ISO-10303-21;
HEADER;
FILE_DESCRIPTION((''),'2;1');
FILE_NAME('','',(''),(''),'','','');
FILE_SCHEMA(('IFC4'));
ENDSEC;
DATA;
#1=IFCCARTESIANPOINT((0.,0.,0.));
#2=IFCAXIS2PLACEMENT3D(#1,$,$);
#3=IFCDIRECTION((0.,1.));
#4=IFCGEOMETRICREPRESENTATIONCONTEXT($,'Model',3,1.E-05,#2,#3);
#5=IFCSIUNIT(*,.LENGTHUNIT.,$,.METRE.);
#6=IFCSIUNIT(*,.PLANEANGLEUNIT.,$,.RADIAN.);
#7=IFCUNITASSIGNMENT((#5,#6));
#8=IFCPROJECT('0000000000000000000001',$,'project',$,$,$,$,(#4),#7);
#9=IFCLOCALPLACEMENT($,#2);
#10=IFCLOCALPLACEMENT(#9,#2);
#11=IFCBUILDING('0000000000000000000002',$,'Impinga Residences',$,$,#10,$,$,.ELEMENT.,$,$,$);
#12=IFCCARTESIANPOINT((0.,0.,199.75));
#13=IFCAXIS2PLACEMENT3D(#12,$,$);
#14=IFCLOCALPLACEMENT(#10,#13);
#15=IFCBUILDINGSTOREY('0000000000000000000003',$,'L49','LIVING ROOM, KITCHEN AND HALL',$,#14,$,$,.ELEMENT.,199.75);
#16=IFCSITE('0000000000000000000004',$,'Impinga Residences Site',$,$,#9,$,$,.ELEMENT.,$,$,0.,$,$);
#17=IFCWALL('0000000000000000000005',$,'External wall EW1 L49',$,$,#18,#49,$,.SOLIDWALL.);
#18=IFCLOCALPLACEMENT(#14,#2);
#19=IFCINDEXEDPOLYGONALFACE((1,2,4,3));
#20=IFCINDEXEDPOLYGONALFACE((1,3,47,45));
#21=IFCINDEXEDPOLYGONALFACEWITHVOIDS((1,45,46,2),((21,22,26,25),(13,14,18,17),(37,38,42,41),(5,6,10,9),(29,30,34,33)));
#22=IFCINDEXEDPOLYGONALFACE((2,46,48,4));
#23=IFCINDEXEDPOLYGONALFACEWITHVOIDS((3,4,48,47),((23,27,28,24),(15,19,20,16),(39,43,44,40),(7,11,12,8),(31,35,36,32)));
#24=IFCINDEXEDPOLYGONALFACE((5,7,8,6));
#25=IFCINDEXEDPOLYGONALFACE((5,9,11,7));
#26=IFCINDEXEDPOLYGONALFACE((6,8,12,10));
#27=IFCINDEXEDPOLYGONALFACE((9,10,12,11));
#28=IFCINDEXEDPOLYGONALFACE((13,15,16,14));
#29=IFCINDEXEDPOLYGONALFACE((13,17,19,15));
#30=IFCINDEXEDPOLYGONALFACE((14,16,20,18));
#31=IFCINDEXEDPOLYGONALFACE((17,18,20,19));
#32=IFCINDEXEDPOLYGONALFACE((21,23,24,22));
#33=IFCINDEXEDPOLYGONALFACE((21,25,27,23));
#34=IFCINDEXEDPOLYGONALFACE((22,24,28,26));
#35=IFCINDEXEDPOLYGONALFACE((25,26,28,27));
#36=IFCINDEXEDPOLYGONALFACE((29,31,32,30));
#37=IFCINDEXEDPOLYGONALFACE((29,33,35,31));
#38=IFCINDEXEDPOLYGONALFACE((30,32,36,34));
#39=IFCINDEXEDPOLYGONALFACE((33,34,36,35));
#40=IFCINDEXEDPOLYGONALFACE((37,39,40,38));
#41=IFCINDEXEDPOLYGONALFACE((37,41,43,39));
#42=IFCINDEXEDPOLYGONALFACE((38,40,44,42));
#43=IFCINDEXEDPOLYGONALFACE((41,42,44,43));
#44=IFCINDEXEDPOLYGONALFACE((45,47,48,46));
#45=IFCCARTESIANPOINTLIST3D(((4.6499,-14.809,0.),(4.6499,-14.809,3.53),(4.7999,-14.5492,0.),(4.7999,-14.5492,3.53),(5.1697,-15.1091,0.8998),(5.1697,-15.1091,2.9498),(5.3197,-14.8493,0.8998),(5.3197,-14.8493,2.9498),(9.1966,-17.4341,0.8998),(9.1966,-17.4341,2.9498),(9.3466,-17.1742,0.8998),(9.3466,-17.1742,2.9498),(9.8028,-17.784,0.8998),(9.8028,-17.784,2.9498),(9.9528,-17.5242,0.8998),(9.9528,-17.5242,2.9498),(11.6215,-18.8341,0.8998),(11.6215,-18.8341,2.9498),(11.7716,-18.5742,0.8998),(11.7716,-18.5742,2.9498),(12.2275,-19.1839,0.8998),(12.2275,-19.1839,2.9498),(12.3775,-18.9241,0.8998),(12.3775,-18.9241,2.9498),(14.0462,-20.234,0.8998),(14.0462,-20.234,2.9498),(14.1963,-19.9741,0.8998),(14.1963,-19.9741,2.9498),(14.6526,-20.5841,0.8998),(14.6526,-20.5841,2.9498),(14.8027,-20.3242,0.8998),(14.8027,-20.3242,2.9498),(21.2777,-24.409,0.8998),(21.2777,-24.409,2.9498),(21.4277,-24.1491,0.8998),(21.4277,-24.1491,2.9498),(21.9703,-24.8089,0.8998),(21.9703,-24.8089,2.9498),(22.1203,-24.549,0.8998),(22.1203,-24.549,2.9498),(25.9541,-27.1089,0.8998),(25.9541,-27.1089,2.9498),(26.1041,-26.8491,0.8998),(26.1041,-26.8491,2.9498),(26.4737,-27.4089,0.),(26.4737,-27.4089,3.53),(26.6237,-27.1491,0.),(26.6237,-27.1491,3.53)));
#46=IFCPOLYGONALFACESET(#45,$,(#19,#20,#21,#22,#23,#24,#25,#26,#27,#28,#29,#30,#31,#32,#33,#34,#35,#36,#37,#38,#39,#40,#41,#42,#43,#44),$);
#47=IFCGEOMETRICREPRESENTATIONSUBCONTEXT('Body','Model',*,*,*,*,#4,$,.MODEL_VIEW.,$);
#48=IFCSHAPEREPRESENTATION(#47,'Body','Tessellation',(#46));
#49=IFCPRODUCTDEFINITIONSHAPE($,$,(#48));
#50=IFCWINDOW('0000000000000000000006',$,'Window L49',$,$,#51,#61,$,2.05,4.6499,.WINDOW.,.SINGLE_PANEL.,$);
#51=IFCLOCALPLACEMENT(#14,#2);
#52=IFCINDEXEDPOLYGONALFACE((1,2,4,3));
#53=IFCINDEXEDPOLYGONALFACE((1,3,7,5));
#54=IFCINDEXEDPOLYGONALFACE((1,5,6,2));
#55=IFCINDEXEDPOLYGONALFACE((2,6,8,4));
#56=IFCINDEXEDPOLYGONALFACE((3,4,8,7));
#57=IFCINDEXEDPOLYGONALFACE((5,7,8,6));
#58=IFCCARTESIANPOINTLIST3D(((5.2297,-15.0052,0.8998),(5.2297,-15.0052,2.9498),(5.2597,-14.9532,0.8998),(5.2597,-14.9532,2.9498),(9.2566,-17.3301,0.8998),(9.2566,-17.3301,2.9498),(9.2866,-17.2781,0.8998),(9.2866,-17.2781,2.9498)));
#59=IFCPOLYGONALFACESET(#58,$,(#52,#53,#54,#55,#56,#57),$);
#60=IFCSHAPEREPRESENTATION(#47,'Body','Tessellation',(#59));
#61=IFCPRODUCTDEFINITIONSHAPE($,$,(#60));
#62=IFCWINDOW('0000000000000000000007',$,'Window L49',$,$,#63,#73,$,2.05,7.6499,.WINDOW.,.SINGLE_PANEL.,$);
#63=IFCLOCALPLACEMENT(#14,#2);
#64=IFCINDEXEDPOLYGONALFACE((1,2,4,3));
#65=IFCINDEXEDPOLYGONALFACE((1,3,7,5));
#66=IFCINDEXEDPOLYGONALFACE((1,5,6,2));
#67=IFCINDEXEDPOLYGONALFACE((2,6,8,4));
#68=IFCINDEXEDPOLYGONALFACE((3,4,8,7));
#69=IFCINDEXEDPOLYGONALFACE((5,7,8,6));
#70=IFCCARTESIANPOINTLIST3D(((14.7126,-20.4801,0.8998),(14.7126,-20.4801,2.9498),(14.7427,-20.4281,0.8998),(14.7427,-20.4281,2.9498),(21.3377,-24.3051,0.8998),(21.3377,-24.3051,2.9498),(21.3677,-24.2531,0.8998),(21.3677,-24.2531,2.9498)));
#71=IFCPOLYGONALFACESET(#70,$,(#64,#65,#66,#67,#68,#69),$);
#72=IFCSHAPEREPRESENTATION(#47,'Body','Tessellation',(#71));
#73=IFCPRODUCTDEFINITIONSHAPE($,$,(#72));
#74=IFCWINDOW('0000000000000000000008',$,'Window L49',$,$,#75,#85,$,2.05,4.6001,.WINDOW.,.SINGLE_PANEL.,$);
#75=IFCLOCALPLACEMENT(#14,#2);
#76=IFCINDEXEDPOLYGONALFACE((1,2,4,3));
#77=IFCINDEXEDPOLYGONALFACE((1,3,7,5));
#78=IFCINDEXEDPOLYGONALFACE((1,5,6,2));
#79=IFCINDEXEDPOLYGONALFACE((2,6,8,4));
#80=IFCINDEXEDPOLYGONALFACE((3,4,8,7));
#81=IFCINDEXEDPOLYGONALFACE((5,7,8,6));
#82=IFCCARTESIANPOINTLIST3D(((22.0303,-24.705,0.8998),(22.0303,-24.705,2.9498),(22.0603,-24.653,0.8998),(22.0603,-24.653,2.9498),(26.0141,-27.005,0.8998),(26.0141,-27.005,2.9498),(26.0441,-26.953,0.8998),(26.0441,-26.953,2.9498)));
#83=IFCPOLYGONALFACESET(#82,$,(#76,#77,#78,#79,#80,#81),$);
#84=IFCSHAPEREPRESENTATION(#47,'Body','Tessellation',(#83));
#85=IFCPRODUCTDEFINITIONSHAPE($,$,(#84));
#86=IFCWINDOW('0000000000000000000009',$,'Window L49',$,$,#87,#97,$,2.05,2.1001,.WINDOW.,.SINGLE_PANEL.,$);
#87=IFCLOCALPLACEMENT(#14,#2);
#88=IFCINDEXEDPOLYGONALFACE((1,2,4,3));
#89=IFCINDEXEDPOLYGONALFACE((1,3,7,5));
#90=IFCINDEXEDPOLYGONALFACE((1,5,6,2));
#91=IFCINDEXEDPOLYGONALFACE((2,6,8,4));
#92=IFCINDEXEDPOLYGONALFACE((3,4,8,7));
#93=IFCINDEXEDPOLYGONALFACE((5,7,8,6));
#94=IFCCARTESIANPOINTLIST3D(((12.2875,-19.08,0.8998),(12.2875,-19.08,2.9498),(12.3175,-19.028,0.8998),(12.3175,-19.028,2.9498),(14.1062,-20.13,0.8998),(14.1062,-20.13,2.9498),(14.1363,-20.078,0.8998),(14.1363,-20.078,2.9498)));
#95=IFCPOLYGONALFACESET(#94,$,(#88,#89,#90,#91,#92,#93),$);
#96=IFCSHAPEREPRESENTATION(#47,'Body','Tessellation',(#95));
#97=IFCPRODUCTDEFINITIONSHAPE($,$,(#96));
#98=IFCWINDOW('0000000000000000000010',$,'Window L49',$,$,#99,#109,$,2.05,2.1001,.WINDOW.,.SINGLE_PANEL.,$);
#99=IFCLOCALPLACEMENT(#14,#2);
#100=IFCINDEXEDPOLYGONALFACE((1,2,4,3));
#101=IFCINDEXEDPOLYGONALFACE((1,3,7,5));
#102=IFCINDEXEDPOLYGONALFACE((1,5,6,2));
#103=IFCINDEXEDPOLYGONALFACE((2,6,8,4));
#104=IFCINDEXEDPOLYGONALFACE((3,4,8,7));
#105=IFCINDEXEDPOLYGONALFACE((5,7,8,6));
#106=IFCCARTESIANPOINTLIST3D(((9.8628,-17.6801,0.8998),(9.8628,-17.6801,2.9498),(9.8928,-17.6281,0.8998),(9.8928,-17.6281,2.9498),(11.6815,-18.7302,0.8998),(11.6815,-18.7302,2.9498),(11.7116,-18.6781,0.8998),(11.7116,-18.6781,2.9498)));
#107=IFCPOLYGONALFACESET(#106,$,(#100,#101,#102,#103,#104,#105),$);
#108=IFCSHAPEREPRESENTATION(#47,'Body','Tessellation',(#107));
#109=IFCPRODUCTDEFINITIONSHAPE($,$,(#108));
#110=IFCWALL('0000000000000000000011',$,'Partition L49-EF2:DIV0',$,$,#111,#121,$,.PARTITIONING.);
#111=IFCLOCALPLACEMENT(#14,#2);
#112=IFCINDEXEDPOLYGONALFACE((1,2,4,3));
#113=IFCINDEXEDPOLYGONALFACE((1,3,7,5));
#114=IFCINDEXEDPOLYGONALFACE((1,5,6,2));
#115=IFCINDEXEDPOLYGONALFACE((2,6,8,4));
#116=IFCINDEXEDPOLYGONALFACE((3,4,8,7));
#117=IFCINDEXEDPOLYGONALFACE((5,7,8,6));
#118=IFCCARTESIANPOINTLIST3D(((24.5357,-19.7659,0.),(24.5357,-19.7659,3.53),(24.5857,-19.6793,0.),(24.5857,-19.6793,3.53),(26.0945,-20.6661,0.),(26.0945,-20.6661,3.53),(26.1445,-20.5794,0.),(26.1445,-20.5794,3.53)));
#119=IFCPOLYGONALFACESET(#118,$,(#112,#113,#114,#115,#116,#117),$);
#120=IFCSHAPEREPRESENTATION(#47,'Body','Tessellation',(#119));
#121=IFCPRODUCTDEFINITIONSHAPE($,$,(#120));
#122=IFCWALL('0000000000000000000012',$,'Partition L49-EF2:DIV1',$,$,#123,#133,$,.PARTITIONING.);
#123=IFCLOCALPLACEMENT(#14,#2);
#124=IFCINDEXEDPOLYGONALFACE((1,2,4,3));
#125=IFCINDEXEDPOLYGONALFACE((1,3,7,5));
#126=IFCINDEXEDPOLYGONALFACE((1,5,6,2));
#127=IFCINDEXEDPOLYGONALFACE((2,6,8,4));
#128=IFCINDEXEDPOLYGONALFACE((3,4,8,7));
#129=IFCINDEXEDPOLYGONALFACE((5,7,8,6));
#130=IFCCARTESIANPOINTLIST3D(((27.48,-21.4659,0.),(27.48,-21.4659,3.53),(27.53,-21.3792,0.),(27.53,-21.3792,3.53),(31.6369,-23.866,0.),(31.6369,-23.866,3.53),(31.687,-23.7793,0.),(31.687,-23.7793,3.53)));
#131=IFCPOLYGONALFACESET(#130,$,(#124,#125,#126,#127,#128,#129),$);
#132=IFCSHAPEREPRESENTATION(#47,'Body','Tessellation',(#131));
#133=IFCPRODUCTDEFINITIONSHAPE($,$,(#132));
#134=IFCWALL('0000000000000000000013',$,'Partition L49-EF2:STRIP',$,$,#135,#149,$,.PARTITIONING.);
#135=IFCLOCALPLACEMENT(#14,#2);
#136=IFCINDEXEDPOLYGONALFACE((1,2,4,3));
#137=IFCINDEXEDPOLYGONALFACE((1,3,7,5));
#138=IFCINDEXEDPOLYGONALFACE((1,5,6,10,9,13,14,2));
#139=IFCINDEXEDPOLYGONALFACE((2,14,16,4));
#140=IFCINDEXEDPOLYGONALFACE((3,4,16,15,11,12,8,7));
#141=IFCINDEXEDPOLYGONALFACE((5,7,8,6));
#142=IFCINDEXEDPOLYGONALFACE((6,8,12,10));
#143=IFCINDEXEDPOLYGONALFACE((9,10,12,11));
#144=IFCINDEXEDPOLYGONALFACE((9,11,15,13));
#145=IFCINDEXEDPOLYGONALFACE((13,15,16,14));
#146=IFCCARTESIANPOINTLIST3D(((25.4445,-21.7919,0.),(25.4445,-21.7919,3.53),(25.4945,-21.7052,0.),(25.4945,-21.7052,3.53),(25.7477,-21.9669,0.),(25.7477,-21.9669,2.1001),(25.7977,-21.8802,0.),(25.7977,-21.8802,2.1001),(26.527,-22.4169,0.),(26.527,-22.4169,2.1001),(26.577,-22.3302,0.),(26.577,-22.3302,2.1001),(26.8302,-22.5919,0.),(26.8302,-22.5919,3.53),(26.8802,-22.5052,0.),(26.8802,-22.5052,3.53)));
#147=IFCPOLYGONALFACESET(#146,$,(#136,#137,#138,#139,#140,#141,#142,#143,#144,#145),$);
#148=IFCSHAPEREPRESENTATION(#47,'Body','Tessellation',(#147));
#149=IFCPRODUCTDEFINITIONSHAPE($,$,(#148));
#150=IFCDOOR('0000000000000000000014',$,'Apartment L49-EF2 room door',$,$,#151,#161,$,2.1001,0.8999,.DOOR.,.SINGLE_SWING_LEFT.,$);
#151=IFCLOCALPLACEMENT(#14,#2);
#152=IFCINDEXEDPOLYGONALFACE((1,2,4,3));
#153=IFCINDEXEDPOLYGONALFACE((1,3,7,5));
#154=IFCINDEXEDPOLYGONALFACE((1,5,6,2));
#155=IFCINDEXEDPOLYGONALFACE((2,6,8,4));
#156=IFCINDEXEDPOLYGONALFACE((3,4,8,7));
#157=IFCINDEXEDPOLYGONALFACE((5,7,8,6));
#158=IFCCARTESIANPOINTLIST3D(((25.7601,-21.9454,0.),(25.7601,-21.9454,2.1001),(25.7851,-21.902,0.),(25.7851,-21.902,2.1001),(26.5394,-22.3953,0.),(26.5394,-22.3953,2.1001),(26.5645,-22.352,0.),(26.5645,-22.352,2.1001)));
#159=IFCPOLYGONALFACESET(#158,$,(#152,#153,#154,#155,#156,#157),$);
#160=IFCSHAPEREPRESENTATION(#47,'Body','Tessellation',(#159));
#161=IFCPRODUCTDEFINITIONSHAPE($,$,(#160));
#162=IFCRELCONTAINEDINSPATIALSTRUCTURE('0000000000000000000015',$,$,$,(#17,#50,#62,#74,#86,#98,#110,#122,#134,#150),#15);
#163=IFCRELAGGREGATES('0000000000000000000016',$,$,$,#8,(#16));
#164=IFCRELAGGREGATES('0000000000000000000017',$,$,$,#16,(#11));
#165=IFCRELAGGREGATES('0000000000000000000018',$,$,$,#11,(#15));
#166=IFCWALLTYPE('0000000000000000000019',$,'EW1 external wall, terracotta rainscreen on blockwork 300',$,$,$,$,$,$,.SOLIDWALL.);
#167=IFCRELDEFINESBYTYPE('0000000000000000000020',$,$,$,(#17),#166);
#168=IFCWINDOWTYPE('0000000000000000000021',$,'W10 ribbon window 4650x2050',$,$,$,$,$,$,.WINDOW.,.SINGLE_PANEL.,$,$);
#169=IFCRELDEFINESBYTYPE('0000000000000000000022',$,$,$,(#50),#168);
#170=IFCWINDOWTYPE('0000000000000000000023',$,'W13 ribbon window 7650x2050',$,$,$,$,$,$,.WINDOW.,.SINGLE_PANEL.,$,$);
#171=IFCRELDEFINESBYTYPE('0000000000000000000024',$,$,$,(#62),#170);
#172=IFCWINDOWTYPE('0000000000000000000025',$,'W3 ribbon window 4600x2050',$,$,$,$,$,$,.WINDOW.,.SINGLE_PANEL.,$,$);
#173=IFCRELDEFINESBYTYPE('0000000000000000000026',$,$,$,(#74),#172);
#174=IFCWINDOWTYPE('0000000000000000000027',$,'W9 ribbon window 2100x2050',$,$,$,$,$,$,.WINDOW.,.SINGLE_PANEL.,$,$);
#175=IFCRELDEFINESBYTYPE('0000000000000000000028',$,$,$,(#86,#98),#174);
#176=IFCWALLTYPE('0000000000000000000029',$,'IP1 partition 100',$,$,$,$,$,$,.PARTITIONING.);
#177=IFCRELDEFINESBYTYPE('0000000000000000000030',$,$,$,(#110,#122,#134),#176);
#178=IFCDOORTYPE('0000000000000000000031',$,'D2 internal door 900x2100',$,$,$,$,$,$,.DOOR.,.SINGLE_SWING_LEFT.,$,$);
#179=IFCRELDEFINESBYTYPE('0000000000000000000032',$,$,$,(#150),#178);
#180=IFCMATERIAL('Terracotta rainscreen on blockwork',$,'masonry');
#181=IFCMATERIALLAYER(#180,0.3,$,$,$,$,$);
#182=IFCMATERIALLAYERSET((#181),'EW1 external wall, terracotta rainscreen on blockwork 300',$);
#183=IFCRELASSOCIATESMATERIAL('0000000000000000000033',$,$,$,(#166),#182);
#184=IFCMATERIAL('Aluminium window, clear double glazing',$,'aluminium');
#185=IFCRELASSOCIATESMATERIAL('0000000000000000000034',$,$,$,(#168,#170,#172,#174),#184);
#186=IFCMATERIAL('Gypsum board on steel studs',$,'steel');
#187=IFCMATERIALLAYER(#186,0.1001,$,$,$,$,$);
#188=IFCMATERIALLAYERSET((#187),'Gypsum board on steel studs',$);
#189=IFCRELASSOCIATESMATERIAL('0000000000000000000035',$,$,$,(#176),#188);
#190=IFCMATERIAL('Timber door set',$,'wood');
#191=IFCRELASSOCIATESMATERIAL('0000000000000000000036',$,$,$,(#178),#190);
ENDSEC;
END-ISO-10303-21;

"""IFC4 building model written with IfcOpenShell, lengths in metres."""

from ifc_helpers import new_model, si_unit, direction, frame, frame_2d, origin, place, context, subcontext, project, spatial, rectangle, extrude, material, layer, layer_set, type_object, element, fill, save


model = new_model("IFC4")

# Units and contexts
model_context = context("Model", 3, precision=1e-05, world=origin(), true_north=direction((0.0, 1.0)))
body_context = subcontext(model_context, "Body", "Model", "MODEL_VIEW")
ifc_project = project(units=[si_unit("LENGTHUNIT", "METRE"), si_unit("PLANEANGLEUNIT", "RADIAN")], contexts=[model_context])

# Site, building, storey
site_placement = place(None, origin())
site = spatial("IfcSite", under=ifc_project, at=site_placement, Name="Impinga Residences Site", CompositionType="ELEMENT", RefElevation=0.0)
building_placement = place(site_placement, origin())
building = spatial("IfcBuilding", under=site, at=building_placement, Name="Impinga Residences", CompositionType="ELEMENT")
storey_placement = place(building_placement, frame((0.0, 0.0, 199.75)))
storey = spatial("IfcBuildingStorey", under=building, at=storey_placement, Name="L49", Description="LIVING ROOM, KITCHEN AND HALL", CompositionType="ELEMENT", Elevation=199.75)

# Shared definitions
ifc_material_1 = material(Name="Timber door set", Category="wood")

# Shared definitions
ifc_material_2 = material(Name="Terracotta rainscreen on blockwork", Category="masonry")
ifc_layer_1 = layer(ifc_material_2, 0.3)
ifc_layer_set_1 = layer_set([ifc_layer_1], Name="EW1 external wall, terracotta rainscreen on blockwork 300")
wall_type_1 = type_object("IfcWallType", Name="EW1 external wall, terracotta rainscreen on blockwork 300", PredefinedType="SOLIDWALL", material=ifc_layer_set_1)

# Wall, openings, windows
wall_1_placement = place(storey_placement, frame((26.5488, -27.2791, 0.0), z_axis=(0.0, 0.0, 1.0), x_axis=(-0.866027, 0.499998, 0.0)))
wall_1 = element("IfcWall", 1, at=wall_1_placement, inside=storey, type_object=wall_type_1, Name="External wall EW1 L49", PredefinedType="SOLIDWALL", context=body_context, shape_type="SweptSolid", body=[
    extrude(rectangle(XDim=25.2, YDim=0.3, at=frame_2d((12.6001, 0.0))), origin(), (0.0, 0.0, 1.0), 3.53),
])
opening_1_placement = place(wall_1_placement, frame((0.6001, 0.0, 0.8999)))
opening_1 = element("IfcOpeningElement", 2, at=opening_1_placement, cuts=wall_1, PredefinedType="OPENING", context=body_context, shape_type="SweptSolid", body=[
    extrude(rectangle(XDim=4.6001, YDim=2.05, at=frame_2d((2.3, 1.0249))), frame((0.0, 0.1599, 0.0), z_axis=(0.0, -1.0, 0.0), x_axis=(1.0, 0.0, 0.0)), (0.0, 0.0, 1.0), 0.3201),
])
opening_2_placement = place(wall_1_placement, frame((6.0, 0.0, 0.8999)))
opening_2 = element("IfcOpeningElement", 3, at=opening_2_placement, cuts=wall_1, PredefinedType="OPENING", context=body_context, shape_type="SweptSolid", body=[
    extrude(rectangle(XDim=7.6499, YDim=2.05, at=frame_2d((3.825, 1.0249))), frame((0.0, 0.1599, 0.0), z_axis=(0.0, -1.0, 0.0), x_axis=(1.0, 0.0, 0.0)), (0.0, 0.0, 1.0), 0.3201),
])
opening_3_placement = place(wall_1_placement, frame((14.3501, 0.0, 0.8999)))
opening_3 = element("IfcOpeningElement", 4, at=opening_3_placement, cuts=wall_1, PredefinedType="OPENING", context=body_context, shape_type="SweptSolid", body=[
    extrude(rectangle(XDim=2.1001, YDim=2.05, at=frame_2d((1.05, 1.0249))), frame((0.0, 0.1599, 0.0), z_axis=(0.0, -1.0, 0.0), x_axis=(1.0, 0.0, 0.0)), (0.0, 0.0, 1.0), 0.3201),
])
opening_4_placement = place(wall_1_placement, frame((17.1499, 0.0, 0.8999)))
opening_4 = element("IfcOpeningElement", 5, at=opening_4_placement, cuts=wall_1, PredefinedType="OPENING", context=body_context, shape_type="SweptSolid", body=[
    extrude(rectangle(XDim=2.1001, YDim=2.05, at=frame_2d((1.05, 1.0249))), frame((0.0, 0.1599, 0.0), z_axis=(0.0, -1.0, 0.0), x_axis=(1.0, 0.0, 0.0)), (0.0, 0.0, 1.0), 0.3201),
])
opening_5_placement = place(wall_1_placement, frame((19.95, 0.0, 0.8999)))
opening_5 = element("IfcOpeningElement", 6, at=opening_5_placement, cuts=wall_1, PredefinedType="OPENING", context=body_context, shape_type="SweptSolid", body=[
    extrude(rectangle(XDim=4.6499, YDim=2.05, at=frame_2d((2.325, 1.0249))), frame((0.0, 0.1599, 0.0), z_axis=(0.0, -1.0, 0.0), x_axis=(1.0, 0.0, 0.0)), (0.0, 0.0, 1.0), 0.3201),
])
ifc_material_3 = material(Name="Aluminium window, clear double glazing", Category="aluminium")
window_type_1 = type_object("IfcWindowType", Name="W10 ribbon window 4650x2050", PartitioningType="SINGLE_PANEL", PredefinedType="WINDOW", material=ifc_material_3)
window_1_placement = place(opening_5_placement, origin())
window_1 = element("IfcWindow", 7, at=window_1_placement, inside=storey, type_object=window_type_1, Name="Window L49", OverallHeight=2.05, OverallWidth=4.6499, PartitioningType="SINGLE_PANEL", PredefinedType="WINDOW", context=body_context, shape_type="SweptSolid", body=[
    extrude(rectangle(XDim=4.6499, YDim=2.05, at=frame_2d((2.325, 1.0249))), frame((0.0, 0.03, 0.0), z_axis=(0.0, -1.0, 0.0), x_axis=(1.0, 0.0, 0.0)), (0.0, 0.0, 1.0), 0.0601),
])
fill(opening_5, window_1)
window_type_2 = type_object("IfcWindowType", Name="W13 ribbon window 7650x2050", PartitioningType="SINGLE_PANEL", PredefinedType="WINDOW", material=ifc_material_3)
window_2_placement = place(opening_2_placement, origin())
window_2 = element("IfcWindow", 8, at=window_2_placement, inside=storey, type_object=window_type_2, Name="Window L49", OverallHeight=2.05, OverallWidth=7.6499, PartitioningType="SINGLE_PANEL", PredefinedType="WINDOW", context=body_context, shape_type="SweptSolid", body=[
    extrude(rectangle(XDim=7.6499, YDim=2.05, at=frame_2d((3.825, 1.0249))), frame((0.0, 0.03, 0.0), z_axis=(0.0, -1.0, 0.0), x_axis=(1.0, 0.0, 0.0)), (0.0, 0.0, 1.0), 0.0601),
])
fill(opening_2, window_2)
window_type_3 = type_object("IfcWindowType", Name="W3 ribbon window 4600x2050", PartitioningType="SINGLE_PANEL", PredefinedType="WINDOW", material=ifc_material_3)
window_3_placement = place(opening_1_placement, origin())
window_3 = element("IfcWindow", 9, at=window_3_placement, inside=storey, type_object=window_type_3, Name="Window L49", OverallHeight=2.05, OverallWidth=4.6001, PartitioningType="SINGLE_PANEL", PredefinedType="WINDOW", context=body_context, shape_type="SweptSolid", body=[
    extrude(rectangle(XDim=4.6001, YDim=2.05, at=frame_2d((2.3, 1.0249))), frame((0.0, 0.03, 0.0), z_axis=(0.0, -1.0, 0.0), x_axis=(1.0, 0.0, 0.0)), (0.0, 0.0, 1.0), 0.0601),
])
fill(opening_1, window_3)
window_type_4 = type_object("IfcWindowType", Name="W9 ribbon window 2100x2050", PartitioningType="SINGLE_PANEL", PredefinedType="WINDOW", material=ifc_material_3)
window_4_placement = place(opening_3_placement, origin())
window_4 = element("IfcWindow", 10, at=window_4_placement, inside=storey, type_object=window_type_4, Name="Window L49", OverallHeight=2.05, OverallWidth=2.1001, PartitioningType="SINGLE_PANEL", PredefinedType="WINDOW", context=body_context, shape_type="SweptSolid", body=[
    extrude(rectangle(XDim=2.1001, YDim=2.05, at=frame_2d((1.05, 1.0249))), frame((0.0, 0.03, 0.0), z_axis=(0.0, -1.0, 0.0), x_axis=(1.0, 0.0, 0.0)), (0.0, 0.0, 1.0), 0.0601),
])
fill(opening_3, window_4)
window_5_placement = place(opening_4_placement, origin())
window_5 = element("IfcWindow", 11, at=window_5_placement, inside=storey, type_object=window_type_4, Name="Window L49", OverallHeight=2.05, OverallWidth=2.1001, PartitioningType="SINGLE_PANEL", PredefinedType="WINDOW", context=body_context, shape_type="SweptSolid", body=[
    extrude(rectangle(XDim=2.1001, YDim=2.05, at=frame_2d((1.05, 1.0249))), frame((0.0, 0.03, 0.0), z_axis=(0.0, -1.0, 0.0), x_axis=(1.0, 0.0, 0.0)), (0.0, 0.0, 1.0), 0.0601),
])
fill(opening_4, window_5)

# Walls
ifc_material_4 = material(Name="Gypsum board on steel studs", Category="steel")
ifc_layer_2 = layer(ifc_material_4, 0.1001)
ifc_layer_set_2 = layer_set([ifc_layer_2], Name="Gypsum board on steel studs")
wall_type_2 = type_object("IfcWallType", Name="IP1 partition 100", PredefinedType="PARTITIONING", material=ifc_layer_set_2)
wall_2_placement = place(storey_placement, frame((24.5608, -19.7227, 0.0), z_axis=(0.0, 0.0, 1.0), x_axis=(0.865989, -0.500063, 0.0)))
element("IfcWall", 12, at=wall_2_placement, inside=storey, type_object=wall_type_2, Name="Partition L49-EF2:DIV0", PredefinedType="PARTITIONING", context=body_context, shape_type="SweptSolid", body=[
    extrude(rectangle(XDim=1.8, YDim=0.1001, at=frame_2d((0.8999, 0.0))), origin(), (0.0, 0.0, 1.0), 3.53),
])
wall_3_placement = place(storey_placement, frame((27.5051, -21.4226, 0.0), z_axis=(0.0, 0.0, 1.0), x_axis=(0.866015, -0.500017, 0.0)))
element("IfcWall", 13, at=wall_3_placement, inside=storey, type_object=wall_type_2, Name="Partition L49-EF2:DIV1", PredefinedType="PARTITIONING", context=body_context, shape_type="SweptSolid", body=[
    extrude(rectangle(XDim=4.8, YDim=0.1001, at=frame_2d((2.3999, 0.0))), origin(), (0.0, 0.0, 1.0), 3.53),
])

# Wall, opening, door
wall_4_placement = place(storey_placement, frame((25.4695, -21.7485, 0.0), z_axis=(0.0, 0.0, 1.0), x_axis=(0.866028, -0.499995, 0.0)))
wall_4 = element("IfcWall", 14, at=wall_4_placement, inside=storey, type_object=wall_type_2, Name="Partition L49-EF2:STRIP", PredefinedType="PARTITIONING", context=body_context, shape_type="SweptSolid", body=[
    extrude(rectangle(XDim=1.6001, YDim=0.1001, at=frame_2d((0.8, 0.0))), origin(), (0.0, 0.0, 1.0), 3.53),
])
opening_6_placement = place(wall_4_placement, frame((0.3501, 0.0, 0.0)))
opening_6 = element("IfcOpeningElement", 15, at=opening_6_placement, cuts=wall_4, PredefinedType="OPENING", context=body_context, shape_type="SweptSolid", body=[
    extrude(rectangle(XDim=0.8999, YDim=2.1001, at=frame_2d((0.45, 1.05))), frame((0.0, 0.0601, 0.0), z_axis=(0.0, -1.0, 0.0), x_axis=(1.0, 0.0, 0.0)), (0.0, 0.0, 1.0), 0.1201),
])
door_type_1 = type_object("IfcDoorType", Name="D2 internal door 900x2100", OperationType="SINGLE_SWING_LEFT", PredefinedType="DOOR", material=ifc_material_1)
door_1_placement = place(opening_6_placement, origin())
door_1 = element("IfcDoor", 16, at=door_1_placement, inside=storey, type_object=door_type_1, Name="Apartment L49-EF2 room door", OperationType="SINGLE_SWING_LEFT", OverallHeight=2.1001, OverallWidth=0.8999, PredefinedType="DOOR", context=body_context, shape_type="SweptSolid", body=[
    extrude(rectangle(XDim=0.8999, YDim=2.1001, at=frame_2d((0.45, 1.05))), frame((0.0, 0.0249, 0.0), z_axis=(0.0, -1.0, 0.0), x_axis=(1.0, 0.0, 0.0)), (0.0, 0.0, 1.0), 0.05),
])
fill(opening_6, door_1)

save(model, "model.ifc")
